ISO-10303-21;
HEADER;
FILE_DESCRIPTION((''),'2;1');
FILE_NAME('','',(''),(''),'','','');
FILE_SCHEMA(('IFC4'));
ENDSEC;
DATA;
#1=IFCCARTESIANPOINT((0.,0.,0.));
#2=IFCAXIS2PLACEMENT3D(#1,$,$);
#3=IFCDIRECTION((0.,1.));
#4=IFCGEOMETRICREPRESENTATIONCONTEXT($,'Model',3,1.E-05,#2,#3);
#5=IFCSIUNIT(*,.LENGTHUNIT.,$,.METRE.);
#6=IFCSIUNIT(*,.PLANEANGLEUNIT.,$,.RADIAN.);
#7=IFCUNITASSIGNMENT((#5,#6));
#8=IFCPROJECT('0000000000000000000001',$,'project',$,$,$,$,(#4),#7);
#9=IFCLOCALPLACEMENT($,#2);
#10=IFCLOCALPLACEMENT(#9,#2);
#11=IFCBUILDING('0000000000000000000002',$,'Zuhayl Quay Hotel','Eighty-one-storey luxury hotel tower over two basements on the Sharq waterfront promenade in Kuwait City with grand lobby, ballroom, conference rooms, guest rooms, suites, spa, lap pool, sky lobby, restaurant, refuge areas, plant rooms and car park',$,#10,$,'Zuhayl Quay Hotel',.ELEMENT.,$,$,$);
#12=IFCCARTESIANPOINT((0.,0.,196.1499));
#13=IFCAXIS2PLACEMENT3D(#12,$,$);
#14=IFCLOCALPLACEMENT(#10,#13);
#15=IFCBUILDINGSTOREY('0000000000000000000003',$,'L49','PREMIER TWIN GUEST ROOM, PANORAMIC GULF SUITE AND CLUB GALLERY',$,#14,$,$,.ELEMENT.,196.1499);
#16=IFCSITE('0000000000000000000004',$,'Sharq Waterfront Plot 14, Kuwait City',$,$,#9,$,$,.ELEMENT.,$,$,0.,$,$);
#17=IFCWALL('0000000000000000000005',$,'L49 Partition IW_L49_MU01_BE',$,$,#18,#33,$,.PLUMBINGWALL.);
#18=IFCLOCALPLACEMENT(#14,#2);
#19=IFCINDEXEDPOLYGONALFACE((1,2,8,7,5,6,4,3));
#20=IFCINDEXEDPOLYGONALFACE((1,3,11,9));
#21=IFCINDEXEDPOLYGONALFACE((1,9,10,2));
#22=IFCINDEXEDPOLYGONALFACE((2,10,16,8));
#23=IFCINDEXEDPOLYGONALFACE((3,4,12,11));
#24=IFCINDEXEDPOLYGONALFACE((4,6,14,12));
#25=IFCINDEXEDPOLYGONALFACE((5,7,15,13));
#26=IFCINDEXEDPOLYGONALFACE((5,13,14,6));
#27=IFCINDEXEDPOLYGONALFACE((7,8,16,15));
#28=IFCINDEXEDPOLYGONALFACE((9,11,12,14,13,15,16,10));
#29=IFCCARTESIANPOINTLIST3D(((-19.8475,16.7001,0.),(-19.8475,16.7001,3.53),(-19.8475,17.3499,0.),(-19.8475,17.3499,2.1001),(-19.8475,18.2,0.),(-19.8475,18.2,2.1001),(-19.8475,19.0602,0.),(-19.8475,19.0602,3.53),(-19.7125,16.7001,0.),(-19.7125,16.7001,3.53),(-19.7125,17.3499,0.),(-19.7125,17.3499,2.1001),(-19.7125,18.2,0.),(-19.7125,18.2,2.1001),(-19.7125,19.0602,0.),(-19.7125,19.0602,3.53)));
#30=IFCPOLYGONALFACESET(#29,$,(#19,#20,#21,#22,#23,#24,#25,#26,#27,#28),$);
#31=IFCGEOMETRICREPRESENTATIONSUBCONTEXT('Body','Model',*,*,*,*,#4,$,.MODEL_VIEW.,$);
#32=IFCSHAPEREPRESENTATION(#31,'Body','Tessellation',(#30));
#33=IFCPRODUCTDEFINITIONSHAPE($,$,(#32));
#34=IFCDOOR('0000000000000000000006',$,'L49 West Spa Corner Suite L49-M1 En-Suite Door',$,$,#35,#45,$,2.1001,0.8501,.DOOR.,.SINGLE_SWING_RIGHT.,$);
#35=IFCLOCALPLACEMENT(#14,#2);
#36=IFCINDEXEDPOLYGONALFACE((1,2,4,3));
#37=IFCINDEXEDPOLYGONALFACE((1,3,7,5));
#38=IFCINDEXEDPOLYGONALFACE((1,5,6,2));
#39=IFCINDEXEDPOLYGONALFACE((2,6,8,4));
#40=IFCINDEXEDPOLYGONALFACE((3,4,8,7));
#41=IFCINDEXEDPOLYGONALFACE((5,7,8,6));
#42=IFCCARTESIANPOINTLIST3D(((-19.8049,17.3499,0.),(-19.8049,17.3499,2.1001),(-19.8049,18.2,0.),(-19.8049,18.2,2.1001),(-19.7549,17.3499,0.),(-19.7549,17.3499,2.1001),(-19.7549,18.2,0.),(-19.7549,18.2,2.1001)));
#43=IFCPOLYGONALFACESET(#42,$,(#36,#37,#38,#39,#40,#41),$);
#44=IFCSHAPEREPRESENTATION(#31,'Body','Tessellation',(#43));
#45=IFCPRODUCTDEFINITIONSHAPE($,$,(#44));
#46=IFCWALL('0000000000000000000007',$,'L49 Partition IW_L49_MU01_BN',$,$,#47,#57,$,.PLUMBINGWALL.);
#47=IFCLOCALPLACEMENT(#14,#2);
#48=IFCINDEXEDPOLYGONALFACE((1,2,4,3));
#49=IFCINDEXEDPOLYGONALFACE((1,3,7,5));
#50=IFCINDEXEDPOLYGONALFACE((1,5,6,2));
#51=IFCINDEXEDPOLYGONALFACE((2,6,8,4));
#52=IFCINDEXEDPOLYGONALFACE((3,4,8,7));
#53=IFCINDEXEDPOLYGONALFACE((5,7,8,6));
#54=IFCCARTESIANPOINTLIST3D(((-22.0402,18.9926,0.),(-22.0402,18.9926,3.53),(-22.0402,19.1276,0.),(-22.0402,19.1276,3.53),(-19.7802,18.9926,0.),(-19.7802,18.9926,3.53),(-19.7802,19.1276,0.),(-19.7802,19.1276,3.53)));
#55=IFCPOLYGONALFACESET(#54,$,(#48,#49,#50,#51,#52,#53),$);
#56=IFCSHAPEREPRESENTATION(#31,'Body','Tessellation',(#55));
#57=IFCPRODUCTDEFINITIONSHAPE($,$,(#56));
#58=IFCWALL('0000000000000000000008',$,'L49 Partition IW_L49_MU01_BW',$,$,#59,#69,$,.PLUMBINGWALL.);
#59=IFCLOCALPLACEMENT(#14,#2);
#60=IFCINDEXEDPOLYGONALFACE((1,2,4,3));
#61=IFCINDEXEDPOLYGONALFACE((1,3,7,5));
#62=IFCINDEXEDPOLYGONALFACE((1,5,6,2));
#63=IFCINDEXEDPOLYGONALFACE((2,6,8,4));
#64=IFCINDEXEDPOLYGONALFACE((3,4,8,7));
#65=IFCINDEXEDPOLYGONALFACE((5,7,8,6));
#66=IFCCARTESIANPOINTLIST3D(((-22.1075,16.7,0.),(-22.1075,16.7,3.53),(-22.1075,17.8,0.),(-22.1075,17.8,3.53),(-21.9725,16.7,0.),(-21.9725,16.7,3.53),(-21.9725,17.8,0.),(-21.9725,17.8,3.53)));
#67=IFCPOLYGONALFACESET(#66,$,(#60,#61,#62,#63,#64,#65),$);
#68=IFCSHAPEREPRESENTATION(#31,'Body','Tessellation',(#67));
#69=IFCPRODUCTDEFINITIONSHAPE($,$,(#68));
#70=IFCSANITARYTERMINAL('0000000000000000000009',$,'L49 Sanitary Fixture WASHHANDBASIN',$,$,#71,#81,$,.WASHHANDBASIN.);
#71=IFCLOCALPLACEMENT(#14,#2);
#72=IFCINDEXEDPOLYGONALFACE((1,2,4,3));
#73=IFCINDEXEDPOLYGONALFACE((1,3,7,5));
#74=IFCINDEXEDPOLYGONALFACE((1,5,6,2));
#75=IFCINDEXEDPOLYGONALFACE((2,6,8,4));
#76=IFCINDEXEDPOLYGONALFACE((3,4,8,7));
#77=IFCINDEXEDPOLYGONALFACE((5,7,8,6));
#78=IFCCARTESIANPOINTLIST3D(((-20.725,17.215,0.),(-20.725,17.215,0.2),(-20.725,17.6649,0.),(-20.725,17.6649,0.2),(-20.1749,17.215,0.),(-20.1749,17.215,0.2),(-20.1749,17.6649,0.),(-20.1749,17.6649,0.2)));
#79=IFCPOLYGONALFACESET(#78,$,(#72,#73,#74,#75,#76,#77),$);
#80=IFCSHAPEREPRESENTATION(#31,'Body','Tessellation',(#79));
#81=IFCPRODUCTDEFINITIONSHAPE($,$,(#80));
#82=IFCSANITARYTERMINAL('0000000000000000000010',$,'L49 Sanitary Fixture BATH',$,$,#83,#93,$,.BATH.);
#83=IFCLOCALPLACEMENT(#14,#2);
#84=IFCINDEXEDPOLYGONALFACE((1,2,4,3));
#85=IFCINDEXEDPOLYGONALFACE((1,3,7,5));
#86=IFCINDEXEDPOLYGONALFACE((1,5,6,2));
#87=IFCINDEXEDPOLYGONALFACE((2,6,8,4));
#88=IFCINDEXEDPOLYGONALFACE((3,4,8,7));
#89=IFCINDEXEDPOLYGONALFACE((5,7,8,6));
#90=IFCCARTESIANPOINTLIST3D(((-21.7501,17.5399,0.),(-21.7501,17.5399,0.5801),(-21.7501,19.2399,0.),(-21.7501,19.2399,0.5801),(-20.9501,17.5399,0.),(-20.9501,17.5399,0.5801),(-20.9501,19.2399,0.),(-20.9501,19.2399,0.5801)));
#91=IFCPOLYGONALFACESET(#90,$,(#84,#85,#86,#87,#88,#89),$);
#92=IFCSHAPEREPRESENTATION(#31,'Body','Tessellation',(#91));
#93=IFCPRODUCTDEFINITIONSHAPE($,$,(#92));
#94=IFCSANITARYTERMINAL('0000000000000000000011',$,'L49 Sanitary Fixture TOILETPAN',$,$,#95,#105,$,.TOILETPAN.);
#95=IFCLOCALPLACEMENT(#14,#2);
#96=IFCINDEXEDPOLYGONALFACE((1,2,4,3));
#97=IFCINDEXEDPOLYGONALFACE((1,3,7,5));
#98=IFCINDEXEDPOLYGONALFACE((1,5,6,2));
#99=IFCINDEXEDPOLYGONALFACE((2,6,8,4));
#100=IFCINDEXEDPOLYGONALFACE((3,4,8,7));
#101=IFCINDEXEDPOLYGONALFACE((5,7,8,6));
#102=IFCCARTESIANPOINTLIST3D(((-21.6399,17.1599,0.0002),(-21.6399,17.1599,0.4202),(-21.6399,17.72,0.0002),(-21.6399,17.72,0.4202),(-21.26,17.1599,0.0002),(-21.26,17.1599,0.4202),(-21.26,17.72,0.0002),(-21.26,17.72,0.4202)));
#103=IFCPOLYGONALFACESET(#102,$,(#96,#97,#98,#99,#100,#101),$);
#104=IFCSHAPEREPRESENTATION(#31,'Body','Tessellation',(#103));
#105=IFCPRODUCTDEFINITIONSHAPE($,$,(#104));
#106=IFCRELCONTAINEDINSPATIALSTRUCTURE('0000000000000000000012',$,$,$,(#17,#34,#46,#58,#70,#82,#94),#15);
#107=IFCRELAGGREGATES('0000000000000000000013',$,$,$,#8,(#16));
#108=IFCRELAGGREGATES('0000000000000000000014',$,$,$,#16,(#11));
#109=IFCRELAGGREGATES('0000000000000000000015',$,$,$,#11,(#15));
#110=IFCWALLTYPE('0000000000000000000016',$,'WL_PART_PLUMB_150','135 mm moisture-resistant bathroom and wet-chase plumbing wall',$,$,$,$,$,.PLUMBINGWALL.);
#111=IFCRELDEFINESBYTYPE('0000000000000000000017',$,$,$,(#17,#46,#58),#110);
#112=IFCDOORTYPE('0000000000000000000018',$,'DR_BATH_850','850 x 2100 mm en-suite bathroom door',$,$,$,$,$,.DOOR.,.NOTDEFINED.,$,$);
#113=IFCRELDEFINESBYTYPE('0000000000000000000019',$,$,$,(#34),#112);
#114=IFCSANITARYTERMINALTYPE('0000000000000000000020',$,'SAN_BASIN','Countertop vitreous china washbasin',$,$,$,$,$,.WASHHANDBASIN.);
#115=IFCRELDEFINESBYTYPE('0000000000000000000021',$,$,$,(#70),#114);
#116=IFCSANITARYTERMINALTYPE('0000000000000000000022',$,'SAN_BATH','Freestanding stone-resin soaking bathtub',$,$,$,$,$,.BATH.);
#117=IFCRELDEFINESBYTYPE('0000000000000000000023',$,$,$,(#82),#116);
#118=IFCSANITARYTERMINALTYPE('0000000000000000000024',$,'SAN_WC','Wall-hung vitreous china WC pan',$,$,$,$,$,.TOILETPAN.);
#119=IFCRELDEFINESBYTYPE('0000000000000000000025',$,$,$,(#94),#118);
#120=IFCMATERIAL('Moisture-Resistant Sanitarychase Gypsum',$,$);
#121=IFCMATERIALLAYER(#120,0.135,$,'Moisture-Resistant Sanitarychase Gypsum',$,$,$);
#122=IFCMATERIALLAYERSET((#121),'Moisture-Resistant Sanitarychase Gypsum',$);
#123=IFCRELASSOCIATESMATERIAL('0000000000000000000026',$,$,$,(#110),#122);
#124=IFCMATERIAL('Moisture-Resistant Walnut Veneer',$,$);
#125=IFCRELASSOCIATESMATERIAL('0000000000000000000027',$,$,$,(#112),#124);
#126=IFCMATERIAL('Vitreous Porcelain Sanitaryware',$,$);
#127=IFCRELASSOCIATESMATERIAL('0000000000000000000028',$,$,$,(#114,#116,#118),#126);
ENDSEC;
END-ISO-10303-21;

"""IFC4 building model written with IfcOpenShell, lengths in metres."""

from ifc_helpers import new_model, si_unit, direction, frame, frame_2d, origin, origin_2d, place, context, subcontext, project, spatial, rectangle, extrude, material, layer, layer_set, type_object, element, fill, save


model = new_model("IFC4")

# Units and contexts
model_context = context("Model", 3, precision=1e-05, world=origin(), true_north=direction((0.0, 1.0)))
body_context = subcontext(model_context, "Body", "Model", "MODEL_VIEW")
ifc_project = project(units=[si_unit("LENGTHUNIT", "METRE"), si_unit("PLANEANGLEUNIT", "RADIAN")], contexts=[model_context])

# Site, building, storey
site_placement = place(None, origin())
site = spatial("IfcSite", under=ifc_project, at=site_placement, Name="Sharq Waterfront Plot 14, Kuwait City", CompositionType="ELEMENT", RefElevation=0.0)
building_placement = place(site_placement, origin())
building = spatial("IfcBuilding", under=site, at=building_placement, Name="Zuhayl Quay Hotel", Description="Eighty-one-storey luxury hotel tower over two basements on the Sharq waterfront promenade in Kuwait City with grand lobby, ballroom, conference rooms, guest rooms, suites, spa, lap pool, sky lobby, restaurant, refuge areas, plant rooms and car park", LongName="Zuhayl Quay Hotel", CompositionType="ELEMENT")
storey_placement = place(building_placement, frame((0.0, 0.0, 196.1499)))
storey = spatial("IfcBuildingStorey", under=building, at=storey_placement, Name="L49", Description="PREMIER TWIN GUEST ROOM, PANORAMIC GULF SUITE AND CLUB GALLERY", CompositionType="ELEMENT", Elevation=196.1499)

# Wall, opening, door
ifc_material_1 = material(Name="Moisture-Resistant Sanitarychase Gypsum")
ifc_layer_1 = layer(ifc_material_1, 0.135, Name="Moisture-Resistant Sanitarychase Gypsum")
ifc_layer_set_1 = layer_set([ifc_layer_1], Name="Moisture-Resistant Sanitarychase Gypsum")
wall_type_1 = type_object("IfcWallType", Name="WL_PART_PLUMB_150", Description="135 mm moisture-resistant bathroom and wet-chase plumbing wall", PredefinedType="PLUMBINGWALL", material=ifc_layer_set_1)
wall_1_placement = place(storey_placement, frame((-19.78, 16.7, 0.0), z_axis=(0.0, 0.0, 1.0), x_axis=(0.0, 1.0, 0.0)))
wall_1 = element("IfcWall", 1, at=wall_1_placement, inside=storey, type_object=wall_type_1, Name="L49 Partition IW_L49_MU01_BE", PredefinedType="PLUMBINGWALL", context=body_context, shape_type="SweptSolid", body=[
    extrude(rectangle(XDim=2.3601, YDim=0.135, at=frame_2d((1.1802, 0.0))), origin(), (0.0, 0.0, 1.0), 3.53),
])
opening_1_placement = place(wall_1_placement, frame((0.6499, 0.0, 0.0)))
opening_1 = element("IfcOpeningElement", 2, at=opening_1_placement, cuts=wall_1, PredefinedType="OPENING", context=body_context, shape_type="SweptSolid", body=[
    extrude(rectangle(XDim=0.8501, YDim=2.1001, at=frame_2d((0.425, 1.05))), frame((0.0, 0.0774, 0.0), z_axis=(0.0, -1.0, 0.0), x_axis=(1.0, 0.0, 0.0)), (0.0, 0.0, 1.0), 0.155),
])
ifc_material_2 = material(Name="Moisture-Resistant Walnut Veneer")
door_type_1 = type_object("IfcDoorType", Name="DR_BATH_850", Description="850 x 2100 mm en-suite bathroom door", OperationType="NOTDEFINED", PredefinedType="DOOR", material=ifc_material_2)
door_1_placement = place(opening_1_placement, origin())
door_1 = element("IfcDoor", 3, at=door_1_placement, inside=storey, type_object=door_type_1, Name="L49 West Spa Corner Suite L49-M1 En-Suite Door", OperationType="SINGLE_SWING_RIGHT", OverallHeight=2.1001, OverallWidth=0.8501, PredefinedType="DOOR", context=body_context, shape_type="SweptSolid", body=[
    extrude(rectangle(XDim=0.8501, YDim=2.1001, at=frame_2d((0.425, 1.05))), frame((0.0, 0.0249, 0.0), z_axis=(0.0, -1.0, 0.0), x_axis=(1.0, 0.0, 0.0)), (0.0, 0.0, 1.0), 0.05),
])
fill(opening_1, door_1)

# Walls
wall_2_placement = place(storey_placement, frame((-22.04, 19.0601, 0.0), z_axis=(0.0, 0.0, 1.0), x_axis=(1.0, 0.0, 0.0)))
element("IfcWall", 4, at=wall_2_placement, inside=storey, type_object=wall_type_1, Name="L49 Partition IW_L49_MU01_BN", PredefinedType="PLUMBINGWALL", context=body_context, shape_type="SweptSolid", body=[
    extrude(rectangle(XDim=2.26, YDim=0.135, at=frame_2d((1.1299, 0.0))), origin(), (0.0, 0.0, 1.0), 3.53),
])
wall_3_placement = place(storey_placement, frame((-22.04, 16.7, 0.0), z_axis=(0.0, 0.0, 1.0), x_axis=(0.0, 1.0, 0.0)))
element("IfcWall", 5, at=wall_3_placement, inside=storey, type_object=wall_type_1, Name="L49 Partition IW_L49_MU01_BW", PredefinedType="PLUMBINGWALL", context=body_context, shape_type="SweptSolid", body=[
    extrude(rectangle(XDim=1.1001, YDim=0.135, at=frame_2d((0.55, 0.0))), origin(), (0.0, 0.0, 1.0), 3.53),
])

# Sanitary terminals
ifc_material_3 = material(Name="Vitreous Porcelain Sanitaryware")
sanitary_terminal_type_1 = type_object("IfcSanitaryTerminalType", Name="SAN_BASIN", Description="Countertop vitreous china washbasin", PredefinedType="WASHHANDBASIN", material=ifc_material_3)
sanitary_terminal_1_placement = place(storey_placement, frame((-20.45, 17.4399, 0.0), z_axis=(0.0, 0.0, 1.0), x_axis=(1.0, 0.0, 0.0)))
element("IfcSanitaryTerminal", 6, at=sanitary_terminal_1_placement, inside=storey, type_object=sanitary_terminal_type_1, Name="L49 Sanitary Fixture WASHHANDBASIN", PredefinedType="WASHHANDBASIN", context=body_context, shape_type="SweptSolid", body=[
    extrude(rectangle(XDim=0.55, YDim=0.45, at=origin_2d()), origin(), (0.0, 0.0, 1.0), 0.2),
])
sanitary_terminal_type_2 = type_object("IfcSanitaryTerminalType", Name="SAN_BATH", Description="Freestanding stone-resin soaking bathtub", PredefinedType="BATH", material=ifc_material_3)
sanitary_terminal_2_placement = place(storey_placement, frame((-21.3501, 18.3899, 0.0), z_axis=(0.0, 0.0, 1.0), x_axis=(1.0, 0.0, 0.0)))
element("IfcSanitaryTerminal", 7, at=sanitary_terminal_2_placement, inside=storey, type_object=sanitary_terminal_type_2, Name="L49 Sanitary Fixture BATH", PredefinedType="BATH", context=body_context, shape_type="SweptSolid", body=[
    extrude(rectangle(XDim=0.8, YDim=1.7, at=origin_2d()), origin(), (0.0, 0.0, 1.0), 0.5801),
])
sanitary_terminal_type_3 = type_object("IfcSanitaryTerminalType", Name="SAN_WC", Description="Wall-hung vitreous china WC pan", PredefinedType="TOILETPAN", material=ifc_material_3)
sanitary_terminal_3_placement = place(storey_placement, frame((-21.45, 17.4399, 0.0002), z_axis=(0.0, 0.0, 1.0), x_axis=(1.0, 0.0, 0.0)))
element("IfcSanitaryTerminal", 8, at=sanitary_terminal_3_placement, inside=storey, type_object=sanitary_terminal_type_3, Name="L49 Sanitary Fixture TOILETPAN", PredefinedType="TOILETPAN", context=body_context, shape_type="SweptSolid", body=[
    extrude(rectangle(XDim=0.3799, YDim=0.5601, at=origin_2d()), origin(), (0.0, 0.0, 1.0), 0.4199),
])

save(model, "model.ifc")
